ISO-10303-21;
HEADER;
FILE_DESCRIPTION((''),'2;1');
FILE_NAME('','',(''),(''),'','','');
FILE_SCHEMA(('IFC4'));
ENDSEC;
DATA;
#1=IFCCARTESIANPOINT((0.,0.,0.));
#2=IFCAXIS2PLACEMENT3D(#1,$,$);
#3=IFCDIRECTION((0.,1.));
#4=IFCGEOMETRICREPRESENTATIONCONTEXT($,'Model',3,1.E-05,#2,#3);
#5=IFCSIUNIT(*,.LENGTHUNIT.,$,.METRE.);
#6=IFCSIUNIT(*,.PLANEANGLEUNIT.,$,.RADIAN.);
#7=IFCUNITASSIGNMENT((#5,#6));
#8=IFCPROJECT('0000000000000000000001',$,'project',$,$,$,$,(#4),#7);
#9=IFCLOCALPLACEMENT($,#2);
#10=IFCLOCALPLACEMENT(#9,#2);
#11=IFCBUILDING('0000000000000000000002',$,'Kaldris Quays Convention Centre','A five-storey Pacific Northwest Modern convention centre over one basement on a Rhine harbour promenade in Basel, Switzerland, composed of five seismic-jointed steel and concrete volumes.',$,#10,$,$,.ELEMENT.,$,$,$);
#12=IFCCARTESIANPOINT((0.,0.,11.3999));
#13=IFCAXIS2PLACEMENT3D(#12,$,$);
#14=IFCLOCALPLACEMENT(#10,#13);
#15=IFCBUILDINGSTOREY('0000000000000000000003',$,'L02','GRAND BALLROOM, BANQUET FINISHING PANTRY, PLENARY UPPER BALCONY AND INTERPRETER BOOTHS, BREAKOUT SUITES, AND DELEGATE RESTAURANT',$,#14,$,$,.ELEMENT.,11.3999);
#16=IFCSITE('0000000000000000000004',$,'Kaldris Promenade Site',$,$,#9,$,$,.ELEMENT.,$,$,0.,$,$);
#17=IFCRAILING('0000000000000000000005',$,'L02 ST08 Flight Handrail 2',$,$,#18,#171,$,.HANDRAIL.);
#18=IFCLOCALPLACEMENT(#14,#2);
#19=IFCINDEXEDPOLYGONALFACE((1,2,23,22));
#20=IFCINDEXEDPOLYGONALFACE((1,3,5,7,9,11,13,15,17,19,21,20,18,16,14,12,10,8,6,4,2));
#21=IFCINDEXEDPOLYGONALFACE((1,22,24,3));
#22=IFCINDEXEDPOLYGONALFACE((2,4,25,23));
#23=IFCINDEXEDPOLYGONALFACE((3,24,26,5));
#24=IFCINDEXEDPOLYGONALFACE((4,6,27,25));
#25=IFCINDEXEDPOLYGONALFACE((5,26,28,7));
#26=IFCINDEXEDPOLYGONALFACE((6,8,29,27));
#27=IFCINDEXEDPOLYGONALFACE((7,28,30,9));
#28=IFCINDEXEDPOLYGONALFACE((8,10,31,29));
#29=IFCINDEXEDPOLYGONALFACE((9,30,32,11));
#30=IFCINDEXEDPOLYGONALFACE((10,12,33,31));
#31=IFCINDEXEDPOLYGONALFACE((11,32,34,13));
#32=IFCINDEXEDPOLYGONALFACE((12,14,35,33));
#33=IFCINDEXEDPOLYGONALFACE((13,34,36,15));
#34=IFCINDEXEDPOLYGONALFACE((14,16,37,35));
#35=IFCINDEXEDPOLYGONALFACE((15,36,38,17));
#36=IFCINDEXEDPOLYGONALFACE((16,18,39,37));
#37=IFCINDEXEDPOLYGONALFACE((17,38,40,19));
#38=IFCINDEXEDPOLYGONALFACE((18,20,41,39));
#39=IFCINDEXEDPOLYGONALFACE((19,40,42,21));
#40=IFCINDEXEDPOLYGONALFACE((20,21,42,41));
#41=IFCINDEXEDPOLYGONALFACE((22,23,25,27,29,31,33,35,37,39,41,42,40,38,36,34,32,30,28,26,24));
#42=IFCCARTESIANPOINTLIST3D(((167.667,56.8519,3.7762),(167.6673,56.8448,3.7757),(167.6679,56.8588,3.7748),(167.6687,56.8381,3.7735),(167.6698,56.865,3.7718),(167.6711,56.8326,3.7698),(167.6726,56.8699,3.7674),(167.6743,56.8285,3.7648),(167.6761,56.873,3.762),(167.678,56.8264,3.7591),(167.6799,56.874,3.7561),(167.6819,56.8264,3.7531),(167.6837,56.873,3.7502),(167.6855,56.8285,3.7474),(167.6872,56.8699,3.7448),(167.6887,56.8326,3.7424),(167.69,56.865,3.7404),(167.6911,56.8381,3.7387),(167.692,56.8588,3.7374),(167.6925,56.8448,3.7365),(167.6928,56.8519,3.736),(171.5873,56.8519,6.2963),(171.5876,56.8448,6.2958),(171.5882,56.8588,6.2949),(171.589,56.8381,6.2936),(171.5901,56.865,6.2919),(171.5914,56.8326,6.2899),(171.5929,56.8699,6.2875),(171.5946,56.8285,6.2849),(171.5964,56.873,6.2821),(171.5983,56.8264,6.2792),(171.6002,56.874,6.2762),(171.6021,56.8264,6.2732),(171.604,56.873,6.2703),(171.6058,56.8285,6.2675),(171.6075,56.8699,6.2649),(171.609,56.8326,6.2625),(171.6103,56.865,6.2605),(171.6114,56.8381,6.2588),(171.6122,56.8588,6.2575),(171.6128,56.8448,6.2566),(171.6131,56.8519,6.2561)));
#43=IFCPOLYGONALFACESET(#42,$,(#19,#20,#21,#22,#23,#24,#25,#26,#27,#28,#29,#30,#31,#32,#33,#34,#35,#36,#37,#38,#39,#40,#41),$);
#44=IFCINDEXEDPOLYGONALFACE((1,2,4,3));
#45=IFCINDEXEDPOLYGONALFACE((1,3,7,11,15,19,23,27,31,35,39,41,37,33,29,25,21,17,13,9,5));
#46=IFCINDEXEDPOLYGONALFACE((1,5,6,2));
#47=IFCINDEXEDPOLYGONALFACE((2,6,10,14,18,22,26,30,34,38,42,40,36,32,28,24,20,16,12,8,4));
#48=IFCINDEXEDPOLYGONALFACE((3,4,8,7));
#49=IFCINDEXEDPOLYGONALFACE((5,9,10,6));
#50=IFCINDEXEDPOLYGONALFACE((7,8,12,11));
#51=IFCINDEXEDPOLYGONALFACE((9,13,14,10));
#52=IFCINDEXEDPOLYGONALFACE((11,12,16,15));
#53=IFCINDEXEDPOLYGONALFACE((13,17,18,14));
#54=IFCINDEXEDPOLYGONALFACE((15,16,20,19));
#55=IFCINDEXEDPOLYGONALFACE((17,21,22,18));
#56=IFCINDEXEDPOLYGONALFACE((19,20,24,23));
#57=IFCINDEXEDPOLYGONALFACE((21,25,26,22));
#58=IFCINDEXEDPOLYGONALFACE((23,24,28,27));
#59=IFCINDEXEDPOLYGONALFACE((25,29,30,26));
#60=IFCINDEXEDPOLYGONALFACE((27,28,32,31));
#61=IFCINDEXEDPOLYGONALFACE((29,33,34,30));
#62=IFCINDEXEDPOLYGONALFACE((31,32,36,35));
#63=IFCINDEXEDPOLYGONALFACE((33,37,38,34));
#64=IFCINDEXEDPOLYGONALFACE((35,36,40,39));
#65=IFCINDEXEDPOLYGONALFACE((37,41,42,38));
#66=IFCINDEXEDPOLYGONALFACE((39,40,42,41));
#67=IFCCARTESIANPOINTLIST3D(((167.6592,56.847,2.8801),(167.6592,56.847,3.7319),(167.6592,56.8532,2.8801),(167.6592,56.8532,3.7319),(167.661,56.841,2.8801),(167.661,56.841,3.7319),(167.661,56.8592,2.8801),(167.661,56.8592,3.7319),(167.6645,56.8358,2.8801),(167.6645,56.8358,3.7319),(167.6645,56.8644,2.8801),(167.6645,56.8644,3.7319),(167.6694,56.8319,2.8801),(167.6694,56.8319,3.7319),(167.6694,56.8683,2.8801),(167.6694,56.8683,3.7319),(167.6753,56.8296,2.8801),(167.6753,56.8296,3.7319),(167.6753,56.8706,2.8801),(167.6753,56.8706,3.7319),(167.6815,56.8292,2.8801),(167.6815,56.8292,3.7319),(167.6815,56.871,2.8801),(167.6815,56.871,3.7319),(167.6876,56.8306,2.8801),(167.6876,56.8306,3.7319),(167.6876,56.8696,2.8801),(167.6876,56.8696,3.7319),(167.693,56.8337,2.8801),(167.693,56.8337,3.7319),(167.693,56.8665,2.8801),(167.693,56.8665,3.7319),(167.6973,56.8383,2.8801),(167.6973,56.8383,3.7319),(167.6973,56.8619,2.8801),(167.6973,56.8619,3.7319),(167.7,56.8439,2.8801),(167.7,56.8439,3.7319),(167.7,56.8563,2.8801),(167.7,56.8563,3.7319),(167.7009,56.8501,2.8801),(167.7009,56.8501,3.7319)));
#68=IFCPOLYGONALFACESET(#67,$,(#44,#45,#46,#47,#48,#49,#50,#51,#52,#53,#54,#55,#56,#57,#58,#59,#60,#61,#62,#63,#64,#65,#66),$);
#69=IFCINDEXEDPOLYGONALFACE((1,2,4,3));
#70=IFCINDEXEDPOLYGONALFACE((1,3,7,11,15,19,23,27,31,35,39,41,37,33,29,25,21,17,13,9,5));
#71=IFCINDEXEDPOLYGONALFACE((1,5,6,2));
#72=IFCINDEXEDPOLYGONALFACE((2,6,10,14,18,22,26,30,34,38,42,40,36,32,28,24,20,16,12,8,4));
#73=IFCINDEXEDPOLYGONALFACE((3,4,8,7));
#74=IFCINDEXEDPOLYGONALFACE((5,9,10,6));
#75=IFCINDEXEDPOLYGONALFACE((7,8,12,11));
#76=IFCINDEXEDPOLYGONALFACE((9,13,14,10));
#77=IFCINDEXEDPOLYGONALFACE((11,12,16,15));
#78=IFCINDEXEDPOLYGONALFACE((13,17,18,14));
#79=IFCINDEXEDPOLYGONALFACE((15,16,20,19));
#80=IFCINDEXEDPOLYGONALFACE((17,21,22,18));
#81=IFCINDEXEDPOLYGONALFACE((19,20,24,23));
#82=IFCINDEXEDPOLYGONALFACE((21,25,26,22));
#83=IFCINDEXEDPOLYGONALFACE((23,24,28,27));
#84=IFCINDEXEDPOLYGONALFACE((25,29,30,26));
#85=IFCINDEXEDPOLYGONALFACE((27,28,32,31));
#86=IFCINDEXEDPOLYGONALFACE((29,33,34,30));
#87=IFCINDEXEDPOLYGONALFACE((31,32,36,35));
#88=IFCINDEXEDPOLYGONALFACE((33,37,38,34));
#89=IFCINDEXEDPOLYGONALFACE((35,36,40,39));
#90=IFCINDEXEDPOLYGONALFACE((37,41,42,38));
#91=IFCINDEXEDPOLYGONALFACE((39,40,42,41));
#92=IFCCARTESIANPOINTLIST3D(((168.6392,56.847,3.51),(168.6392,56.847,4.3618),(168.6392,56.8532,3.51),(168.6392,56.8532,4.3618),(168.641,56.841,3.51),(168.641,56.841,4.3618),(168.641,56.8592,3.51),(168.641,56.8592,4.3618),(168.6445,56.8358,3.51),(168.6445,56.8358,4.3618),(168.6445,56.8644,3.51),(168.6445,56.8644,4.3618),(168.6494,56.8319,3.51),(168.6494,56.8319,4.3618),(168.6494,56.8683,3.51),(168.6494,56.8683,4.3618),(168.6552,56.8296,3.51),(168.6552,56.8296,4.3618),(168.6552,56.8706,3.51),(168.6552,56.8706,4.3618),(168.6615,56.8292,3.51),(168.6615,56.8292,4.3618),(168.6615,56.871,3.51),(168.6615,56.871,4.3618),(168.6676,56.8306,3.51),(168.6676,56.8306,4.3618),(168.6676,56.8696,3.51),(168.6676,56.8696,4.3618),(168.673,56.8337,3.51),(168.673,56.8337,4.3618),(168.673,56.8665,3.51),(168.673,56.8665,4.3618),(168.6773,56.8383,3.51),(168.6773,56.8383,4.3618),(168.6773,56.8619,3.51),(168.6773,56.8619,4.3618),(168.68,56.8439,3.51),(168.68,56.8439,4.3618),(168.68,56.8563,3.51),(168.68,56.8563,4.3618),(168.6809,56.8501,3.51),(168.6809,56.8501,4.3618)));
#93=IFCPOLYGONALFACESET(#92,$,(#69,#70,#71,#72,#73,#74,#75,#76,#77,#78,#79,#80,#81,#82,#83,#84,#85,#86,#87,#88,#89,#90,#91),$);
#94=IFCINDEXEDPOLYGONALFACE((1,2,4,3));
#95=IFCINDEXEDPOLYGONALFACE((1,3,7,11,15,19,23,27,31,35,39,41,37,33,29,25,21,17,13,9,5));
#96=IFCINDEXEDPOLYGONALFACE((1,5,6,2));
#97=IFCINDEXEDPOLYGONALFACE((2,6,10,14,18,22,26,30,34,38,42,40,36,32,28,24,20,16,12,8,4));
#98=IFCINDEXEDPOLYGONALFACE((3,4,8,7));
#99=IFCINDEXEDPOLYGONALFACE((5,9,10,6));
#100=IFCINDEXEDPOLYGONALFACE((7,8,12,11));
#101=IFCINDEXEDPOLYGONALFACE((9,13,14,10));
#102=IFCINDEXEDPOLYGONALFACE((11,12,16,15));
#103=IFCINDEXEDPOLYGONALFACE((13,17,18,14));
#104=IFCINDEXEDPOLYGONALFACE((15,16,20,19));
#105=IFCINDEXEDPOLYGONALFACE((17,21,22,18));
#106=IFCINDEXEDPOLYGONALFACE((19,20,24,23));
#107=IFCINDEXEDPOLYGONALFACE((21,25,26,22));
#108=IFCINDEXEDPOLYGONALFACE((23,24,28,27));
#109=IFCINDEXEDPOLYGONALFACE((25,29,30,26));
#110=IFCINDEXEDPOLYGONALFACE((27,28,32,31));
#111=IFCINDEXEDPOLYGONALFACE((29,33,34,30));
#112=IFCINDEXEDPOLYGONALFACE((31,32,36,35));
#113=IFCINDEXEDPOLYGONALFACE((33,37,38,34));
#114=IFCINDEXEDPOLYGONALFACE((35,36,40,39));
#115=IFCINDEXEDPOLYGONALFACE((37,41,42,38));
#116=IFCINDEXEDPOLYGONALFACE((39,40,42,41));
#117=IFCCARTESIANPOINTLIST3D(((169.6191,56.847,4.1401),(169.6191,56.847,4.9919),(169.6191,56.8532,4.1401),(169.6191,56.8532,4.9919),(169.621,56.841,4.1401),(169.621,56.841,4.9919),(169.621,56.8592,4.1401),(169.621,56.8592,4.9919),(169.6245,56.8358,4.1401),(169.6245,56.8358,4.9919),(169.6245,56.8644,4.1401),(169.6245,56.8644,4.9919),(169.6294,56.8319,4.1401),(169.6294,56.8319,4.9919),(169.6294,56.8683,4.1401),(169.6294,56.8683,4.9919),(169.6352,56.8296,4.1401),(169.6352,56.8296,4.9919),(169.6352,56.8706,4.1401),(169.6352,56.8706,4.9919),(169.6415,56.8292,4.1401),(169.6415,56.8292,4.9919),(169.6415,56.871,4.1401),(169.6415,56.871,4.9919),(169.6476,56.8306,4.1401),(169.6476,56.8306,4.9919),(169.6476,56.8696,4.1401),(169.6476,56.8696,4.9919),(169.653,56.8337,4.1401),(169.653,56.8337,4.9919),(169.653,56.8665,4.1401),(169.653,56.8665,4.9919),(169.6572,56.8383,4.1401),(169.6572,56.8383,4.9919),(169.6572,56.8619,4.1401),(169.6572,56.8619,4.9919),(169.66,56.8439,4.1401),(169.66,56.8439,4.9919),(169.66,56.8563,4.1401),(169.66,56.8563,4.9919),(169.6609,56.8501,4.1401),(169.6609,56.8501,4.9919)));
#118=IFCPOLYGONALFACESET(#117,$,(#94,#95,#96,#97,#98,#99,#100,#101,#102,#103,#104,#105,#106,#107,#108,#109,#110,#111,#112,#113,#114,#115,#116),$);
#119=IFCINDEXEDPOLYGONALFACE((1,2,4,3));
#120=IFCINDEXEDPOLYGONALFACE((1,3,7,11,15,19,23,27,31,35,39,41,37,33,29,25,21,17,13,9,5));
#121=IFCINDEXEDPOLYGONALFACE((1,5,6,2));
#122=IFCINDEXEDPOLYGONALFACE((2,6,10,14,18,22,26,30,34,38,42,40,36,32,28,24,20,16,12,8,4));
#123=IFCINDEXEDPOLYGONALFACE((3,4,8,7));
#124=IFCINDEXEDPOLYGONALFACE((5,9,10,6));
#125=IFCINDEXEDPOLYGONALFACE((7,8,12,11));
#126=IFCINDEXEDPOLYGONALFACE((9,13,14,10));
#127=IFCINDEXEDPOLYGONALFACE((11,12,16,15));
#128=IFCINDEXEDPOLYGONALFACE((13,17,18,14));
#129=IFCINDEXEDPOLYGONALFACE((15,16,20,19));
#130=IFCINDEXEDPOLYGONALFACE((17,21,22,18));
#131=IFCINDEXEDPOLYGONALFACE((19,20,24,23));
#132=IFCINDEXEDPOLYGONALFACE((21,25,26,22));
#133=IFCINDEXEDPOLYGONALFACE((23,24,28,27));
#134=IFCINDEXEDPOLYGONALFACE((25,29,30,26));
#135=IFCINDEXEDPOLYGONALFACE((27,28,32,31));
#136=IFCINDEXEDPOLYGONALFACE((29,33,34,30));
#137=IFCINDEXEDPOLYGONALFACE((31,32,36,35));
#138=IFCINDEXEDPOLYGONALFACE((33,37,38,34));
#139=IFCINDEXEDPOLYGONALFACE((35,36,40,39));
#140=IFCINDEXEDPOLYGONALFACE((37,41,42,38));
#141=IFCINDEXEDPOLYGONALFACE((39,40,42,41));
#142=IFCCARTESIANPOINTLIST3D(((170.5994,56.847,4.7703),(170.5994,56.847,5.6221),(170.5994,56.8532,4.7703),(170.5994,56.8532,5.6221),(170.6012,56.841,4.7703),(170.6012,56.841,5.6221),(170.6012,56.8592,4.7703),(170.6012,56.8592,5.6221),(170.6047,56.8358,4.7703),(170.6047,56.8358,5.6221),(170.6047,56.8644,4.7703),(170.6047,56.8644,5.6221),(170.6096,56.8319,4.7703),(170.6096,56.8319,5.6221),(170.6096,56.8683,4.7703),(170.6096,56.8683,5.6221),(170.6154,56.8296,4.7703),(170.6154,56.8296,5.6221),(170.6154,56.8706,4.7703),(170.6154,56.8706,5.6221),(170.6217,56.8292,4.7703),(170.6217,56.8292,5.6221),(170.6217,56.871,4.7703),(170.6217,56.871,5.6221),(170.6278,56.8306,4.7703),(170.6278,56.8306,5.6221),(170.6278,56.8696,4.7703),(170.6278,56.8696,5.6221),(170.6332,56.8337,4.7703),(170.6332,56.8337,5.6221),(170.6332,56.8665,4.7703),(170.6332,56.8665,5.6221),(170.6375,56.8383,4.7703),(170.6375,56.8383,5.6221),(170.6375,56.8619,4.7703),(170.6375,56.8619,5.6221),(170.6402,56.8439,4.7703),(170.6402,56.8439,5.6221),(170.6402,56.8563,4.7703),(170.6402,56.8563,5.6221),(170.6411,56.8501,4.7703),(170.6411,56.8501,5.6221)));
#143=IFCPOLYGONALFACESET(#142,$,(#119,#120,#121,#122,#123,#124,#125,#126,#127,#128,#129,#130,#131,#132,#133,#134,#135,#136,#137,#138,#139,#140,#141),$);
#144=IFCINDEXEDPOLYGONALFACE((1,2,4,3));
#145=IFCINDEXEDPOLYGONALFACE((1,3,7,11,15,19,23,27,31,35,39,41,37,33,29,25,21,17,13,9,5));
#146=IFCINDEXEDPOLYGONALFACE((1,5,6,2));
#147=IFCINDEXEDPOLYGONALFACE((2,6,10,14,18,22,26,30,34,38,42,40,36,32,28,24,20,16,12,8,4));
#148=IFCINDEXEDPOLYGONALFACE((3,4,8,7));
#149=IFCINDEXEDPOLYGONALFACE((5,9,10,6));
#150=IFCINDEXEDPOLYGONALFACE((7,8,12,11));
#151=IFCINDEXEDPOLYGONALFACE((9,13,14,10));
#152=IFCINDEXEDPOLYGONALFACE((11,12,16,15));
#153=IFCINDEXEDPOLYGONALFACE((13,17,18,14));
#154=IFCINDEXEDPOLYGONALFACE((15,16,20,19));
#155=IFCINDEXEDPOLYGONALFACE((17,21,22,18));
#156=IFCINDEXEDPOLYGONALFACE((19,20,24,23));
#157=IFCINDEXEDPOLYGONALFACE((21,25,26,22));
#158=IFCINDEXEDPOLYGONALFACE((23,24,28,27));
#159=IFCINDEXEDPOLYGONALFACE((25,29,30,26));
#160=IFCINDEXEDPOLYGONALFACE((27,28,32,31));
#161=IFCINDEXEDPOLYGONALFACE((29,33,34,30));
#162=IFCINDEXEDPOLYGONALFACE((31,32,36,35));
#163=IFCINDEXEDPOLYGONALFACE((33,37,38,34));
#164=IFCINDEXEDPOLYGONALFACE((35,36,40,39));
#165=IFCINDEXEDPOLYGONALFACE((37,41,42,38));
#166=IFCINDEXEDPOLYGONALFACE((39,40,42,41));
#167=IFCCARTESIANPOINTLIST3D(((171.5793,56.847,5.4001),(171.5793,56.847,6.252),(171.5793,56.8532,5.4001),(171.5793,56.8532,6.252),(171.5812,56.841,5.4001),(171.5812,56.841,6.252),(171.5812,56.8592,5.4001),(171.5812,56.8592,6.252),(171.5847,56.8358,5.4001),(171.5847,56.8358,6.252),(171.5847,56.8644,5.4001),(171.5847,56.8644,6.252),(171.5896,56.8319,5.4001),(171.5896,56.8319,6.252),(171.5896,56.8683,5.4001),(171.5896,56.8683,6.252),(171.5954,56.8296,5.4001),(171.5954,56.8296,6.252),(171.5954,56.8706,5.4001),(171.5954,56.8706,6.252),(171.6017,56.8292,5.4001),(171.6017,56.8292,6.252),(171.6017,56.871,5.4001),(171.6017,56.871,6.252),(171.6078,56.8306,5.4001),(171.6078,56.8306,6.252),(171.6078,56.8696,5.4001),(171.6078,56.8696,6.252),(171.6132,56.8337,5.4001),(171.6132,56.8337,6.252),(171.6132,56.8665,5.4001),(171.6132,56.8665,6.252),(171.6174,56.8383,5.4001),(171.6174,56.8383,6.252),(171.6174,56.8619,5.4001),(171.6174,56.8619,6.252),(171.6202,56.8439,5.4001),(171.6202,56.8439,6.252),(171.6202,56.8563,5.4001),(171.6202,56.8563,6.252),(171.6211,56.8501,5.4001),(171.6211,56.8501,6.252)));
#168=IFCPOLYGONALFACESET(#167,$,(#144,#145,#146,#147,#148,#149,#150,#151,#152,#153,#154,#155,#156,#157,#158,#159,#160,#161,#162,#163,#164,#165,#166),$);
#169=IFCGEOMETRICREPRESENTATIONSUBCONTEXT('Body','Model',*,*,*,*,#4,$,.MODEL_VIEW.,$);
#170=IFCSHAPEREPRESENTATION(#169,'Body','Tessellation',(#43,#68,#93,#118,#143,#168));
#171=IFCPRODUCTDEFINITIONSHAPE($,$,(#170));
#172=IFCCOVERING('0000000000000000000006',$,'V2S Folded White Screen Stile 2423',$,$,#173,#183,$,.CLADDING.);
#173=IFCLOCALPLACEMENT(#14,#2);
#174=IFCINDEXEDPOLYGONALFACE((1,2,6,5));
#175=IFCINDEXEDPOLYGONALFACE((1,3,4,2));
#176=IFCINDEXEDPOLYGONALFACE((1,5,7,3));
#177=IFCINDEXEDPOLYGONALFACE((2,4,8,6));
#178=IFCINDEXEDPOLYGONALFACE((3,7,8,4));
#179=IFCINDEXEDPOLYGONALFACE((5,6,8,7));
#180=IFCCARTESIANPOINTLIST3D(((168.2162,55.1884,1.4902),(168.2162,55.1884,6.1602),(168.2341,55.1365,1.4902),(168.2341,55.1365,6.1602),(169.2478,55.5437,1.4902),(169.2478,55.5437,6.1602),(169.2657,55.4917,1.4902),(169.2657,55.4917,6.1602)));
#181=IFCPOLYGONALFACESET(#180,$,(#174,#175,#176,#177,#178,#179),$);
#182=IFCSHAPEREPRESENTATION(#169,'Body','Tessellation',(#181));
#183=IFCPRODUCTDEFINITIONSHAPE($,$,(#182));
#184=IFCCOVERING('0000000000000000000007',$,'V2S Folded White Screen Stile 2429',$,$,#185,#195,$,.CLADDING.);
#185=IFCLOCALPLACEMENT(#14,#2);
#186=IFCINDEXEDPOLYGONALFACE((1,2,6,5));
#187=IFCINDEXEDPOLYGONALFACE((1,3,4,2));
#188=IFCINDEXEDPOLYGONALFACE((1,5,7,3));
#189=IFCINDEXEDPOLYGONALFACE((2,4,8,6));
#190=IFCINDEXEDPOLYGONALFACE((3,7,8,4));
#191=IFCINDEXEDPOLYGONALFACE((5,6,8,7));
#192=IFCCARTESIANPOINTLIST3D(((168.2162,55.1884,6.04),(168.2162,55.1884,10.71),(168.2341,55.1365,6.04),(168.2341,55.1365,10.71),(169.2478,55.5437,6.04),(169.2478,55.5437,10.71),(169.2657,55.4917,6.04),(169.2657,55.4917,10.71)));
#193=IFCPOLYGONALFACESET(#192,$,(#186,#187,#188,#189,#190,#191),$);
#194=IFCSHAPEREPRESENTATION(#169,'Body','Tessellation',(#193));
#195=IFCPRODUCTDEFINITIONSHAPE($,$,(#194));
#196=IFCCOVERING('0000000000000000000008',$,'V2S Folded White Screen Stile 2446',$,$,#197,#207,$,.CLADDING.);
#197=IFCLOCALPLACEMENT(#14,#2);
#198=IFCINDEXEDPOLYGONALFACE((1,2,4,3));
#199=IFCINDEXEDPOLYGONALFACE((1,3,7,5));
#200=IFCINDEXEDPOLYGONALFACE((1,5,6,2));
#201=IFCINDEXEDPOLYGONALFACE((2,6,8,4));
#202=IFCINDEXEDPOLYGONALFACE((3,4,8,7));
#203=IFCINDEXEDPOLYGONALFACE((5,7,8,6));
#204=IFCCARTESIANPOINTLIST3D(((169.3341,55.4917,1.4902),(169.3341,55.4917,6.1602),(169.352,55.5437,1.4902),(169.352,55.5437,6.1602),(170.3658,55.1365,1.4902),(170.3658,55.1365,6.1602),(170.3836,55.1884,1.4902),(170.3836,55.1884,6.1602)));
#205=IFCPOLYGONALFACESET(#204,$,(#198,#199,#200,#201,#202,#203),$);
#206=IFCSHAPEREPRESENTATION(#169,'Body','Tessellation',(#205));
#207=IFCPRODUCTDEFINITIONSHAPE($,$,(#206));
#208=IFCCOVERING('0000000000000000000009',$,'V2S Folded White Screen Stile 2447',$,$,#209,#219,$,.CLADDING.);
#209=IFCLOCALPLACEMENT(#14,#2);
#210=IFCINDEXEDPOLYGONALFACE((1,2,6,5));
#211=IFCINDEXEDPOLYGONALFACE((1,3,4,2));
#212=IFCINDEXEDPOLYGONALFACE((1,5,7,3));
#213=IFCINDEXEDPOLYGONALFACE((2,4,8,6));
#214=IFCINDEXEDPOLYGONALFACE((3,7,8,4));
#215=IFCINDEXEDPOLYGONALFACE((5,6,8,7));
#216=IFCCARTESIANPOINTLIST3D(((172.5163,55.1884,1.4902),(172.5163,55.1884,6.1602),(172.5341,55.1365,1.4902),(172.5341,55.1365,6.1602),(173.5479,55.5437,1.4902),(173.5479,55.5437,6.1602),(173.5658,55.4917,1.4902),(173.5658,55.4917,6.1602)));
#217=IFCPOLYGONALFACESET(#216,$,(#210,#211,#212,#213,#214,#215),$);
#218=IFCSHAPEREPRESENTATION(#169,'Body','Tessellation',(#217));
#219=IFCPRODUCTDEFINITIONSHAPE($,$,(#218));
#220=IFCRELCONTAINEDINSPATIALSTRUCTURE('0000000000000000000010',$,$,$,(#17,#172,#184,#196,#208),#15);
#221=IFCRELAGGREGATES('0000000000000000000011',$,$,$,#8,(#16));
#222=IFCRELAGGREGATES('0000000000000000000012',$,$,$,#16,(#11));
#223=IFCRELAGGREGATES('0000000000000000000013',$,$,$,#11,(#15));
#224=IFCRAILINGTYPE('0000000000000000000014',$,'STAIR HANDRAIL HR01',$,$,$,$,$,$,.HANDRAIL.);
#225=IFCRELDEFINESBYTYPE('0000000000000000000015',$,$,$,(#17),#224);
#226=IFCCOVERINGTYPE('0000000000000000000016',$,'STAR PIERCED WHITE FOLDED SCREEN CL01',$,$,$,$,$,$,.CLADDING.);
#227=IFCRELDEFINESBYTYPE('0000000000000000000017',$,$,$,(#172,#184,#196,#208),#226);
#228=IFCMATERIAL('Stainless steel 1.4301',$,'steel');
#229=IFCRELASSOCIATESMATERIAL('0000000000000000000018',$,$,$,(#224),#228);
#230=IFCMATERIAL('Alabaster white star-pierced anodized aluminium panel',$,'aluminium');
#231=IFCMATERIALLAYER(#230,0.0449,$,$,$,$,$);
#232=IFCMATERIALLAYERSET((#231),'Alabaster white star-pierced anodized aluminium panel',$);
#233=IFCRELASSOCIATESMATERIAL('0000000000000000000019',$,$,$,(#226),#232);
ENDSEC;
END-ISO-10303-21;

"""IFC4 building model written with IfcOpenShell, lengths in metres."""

from ifc_helpers import new_model, si_unit, direction, frame, origin, origin_2d, place, context, subcontext, project, spatial, rectangle, circle, extrude, material, layer, layer_set, type_object, element, save


model = new_model("IFC4")

# Units and contexts
model_context = context("Model", 3, precision=1e-05, world=origin(), true_north=direction((0.0, 1.0)))
body_context = subcontext(model_context, "Body", "Model", "MODEL_VIEW")
ifc_project = project(units=[si_unit("LENGTHUNIT", "METRE"), si_unit("PLANEANGLEUNIT", "RADIAN")], contexts=[model_context])

# Site, building, storey
site_placement = place(None, origin())
site = spatial("IfcSite", under=ifc_project, at=site_placement, Name="Kaldris Promenade Site", CompositionType="ELEMENT", RefElevation=0.0)
building_placement = place(site_placement, origin())
building = spatial("IfcBuilding", under=site, at=building_placement, Name="Kaldris Quays Convention Centre", Description="A five-storey Pacific Northwest Modern convention centre over one basement on a Rhine harbour promenade in Basel, Switzerland, composed of five seismic-jointed steel and concrete volumes.", CompositionType="ELEMENT")
storey_placement = place(building_placement, frame((0.0, 0.0, 11.3999)))
storey = spatial("IfcBuildingStorey", under=building, at=storey_placement, Name="L02", Description="GRAND BALLROOM, BANQUET FINISHING PANTRY, PLENARY UPPER BALCONY AND INTERPRETER BOOTHS, BREAKOUT SUITES, AND DELEGATE RESTAURANT", CompositionType="ELEMENT", Elevation=11.3999)

# Railing
ifc_material_1 = material(Name="Stainless steel 1.4301", Category="steel")
railing_type_1 = type_object("IfcRailingType", Name="STAIR HANDRAIL HR01", PredefinedType="HANDRAIL", material=ifc_material_1)
railing_1_placement = place(storey_placement, frame((167.6799, 56.8501, 2.8801)))
element("IfcRailing", 1, at=railing_1_placement, inside=storey, type_object=railing_type_1, Name="L02 ST08 Flight Handrail 2", PredefinedType="HANDRAIL", context=body_context, shape_type="SweptSolid", body=[
    extrude(circle(Radius=0.0239, at=origin_2d()), frame((0.0, 0.0, 0.876), z_axis=(0.841187, 0.0, 0.540744), x_axis=(0.0, 1.0, 0.0)), (0.0, 0.0, 1.0), 4.6604),
    extrude(circle(Radius=0.021, at=origin_2d()), origin(), (0.0, 0.0, 1.0), 0.8518),
    extrude(circle(Radius=0.021, at=origin_2d()), frame((0.98, 0.0, 0.6299)), (0.0, 0.0, 1.0), 0.8518),
    extrude(circle(Radius=0.021, at=origin_2d()), frame((1.96, 0.0, 1.26)), (0.0, 0.0, 1.0), 0.8518),
    extrude(circle(Radius=0.021, at=origin_2d()), frame((2.9402, 0.0, 1.8901)), (0.0, 0.0, 1.0), 0.8518),
    extrude(circle(Radius=0.021, at=origin_2d()), frame((3.9202, 0.0, 2.52)), (0.0, 0.0, 1.0), 0.8518),
])

# Coverings
ifc_material_2 = material(Name="Alabaster white star-pierced anodized aluminium panel", Category="aluminium")
ifc_layer = layer(ifc_material_2, 0.0449)
ifc_layer_set = layer_set([ifc_layer], Name="Alabaster white star-pierced anodized aluminium panel")
covering_type = type_object("IfcCoveringType", Name="STAR PIERCED WHITE FOLDED SCREEN CL01", PredefinedType="CLADDING", material=ifc_layer_set)
for number, where, z_axis, x_axis, name in (
    (2, (168.741, 55.3401, 1.4902), (0.0, 0.0, 1.0), (0.945519, 0.325568, 0.0), "V2S Folded White Screen Stile 2423"),
    (3, (168.741, 55.3401, 6.04), (0.0, 0.0, 1.0), (0.945519, 0.325568, 0.0), "V2S Folded White Screen Stile 2429"),
    (4, (169.8589, 55.3401, 1.4902), (0.0, 0.0, 1.0), (0.945519, -0.325568, 0.0), "V2S Folded White Screen Stile 2446"),
    (5, (173.041, 55.3401, 1.4902), (0.0, 0.0, 1.0), (0.945519, 0.325568, 0.0), "V2S Folded White Screen Stile 2447"),
):
    element("IfcCovering", number, at=place(storey_placement, frame(where, z_axis=z_axis, x_axis=x_axis)), inside=storey, type_object=covering_type, Name=name, PredefinedType="CLADDING", context=body_context, shape_type="SweptSolid", body=[
        extrude(rectangle(XDim=1.0911, YDim=0.0549, at=origin_2d()), origin(), (0.0, 0.0, 1.0), 4.6699),
    ])

save(model, "model.ifc")
